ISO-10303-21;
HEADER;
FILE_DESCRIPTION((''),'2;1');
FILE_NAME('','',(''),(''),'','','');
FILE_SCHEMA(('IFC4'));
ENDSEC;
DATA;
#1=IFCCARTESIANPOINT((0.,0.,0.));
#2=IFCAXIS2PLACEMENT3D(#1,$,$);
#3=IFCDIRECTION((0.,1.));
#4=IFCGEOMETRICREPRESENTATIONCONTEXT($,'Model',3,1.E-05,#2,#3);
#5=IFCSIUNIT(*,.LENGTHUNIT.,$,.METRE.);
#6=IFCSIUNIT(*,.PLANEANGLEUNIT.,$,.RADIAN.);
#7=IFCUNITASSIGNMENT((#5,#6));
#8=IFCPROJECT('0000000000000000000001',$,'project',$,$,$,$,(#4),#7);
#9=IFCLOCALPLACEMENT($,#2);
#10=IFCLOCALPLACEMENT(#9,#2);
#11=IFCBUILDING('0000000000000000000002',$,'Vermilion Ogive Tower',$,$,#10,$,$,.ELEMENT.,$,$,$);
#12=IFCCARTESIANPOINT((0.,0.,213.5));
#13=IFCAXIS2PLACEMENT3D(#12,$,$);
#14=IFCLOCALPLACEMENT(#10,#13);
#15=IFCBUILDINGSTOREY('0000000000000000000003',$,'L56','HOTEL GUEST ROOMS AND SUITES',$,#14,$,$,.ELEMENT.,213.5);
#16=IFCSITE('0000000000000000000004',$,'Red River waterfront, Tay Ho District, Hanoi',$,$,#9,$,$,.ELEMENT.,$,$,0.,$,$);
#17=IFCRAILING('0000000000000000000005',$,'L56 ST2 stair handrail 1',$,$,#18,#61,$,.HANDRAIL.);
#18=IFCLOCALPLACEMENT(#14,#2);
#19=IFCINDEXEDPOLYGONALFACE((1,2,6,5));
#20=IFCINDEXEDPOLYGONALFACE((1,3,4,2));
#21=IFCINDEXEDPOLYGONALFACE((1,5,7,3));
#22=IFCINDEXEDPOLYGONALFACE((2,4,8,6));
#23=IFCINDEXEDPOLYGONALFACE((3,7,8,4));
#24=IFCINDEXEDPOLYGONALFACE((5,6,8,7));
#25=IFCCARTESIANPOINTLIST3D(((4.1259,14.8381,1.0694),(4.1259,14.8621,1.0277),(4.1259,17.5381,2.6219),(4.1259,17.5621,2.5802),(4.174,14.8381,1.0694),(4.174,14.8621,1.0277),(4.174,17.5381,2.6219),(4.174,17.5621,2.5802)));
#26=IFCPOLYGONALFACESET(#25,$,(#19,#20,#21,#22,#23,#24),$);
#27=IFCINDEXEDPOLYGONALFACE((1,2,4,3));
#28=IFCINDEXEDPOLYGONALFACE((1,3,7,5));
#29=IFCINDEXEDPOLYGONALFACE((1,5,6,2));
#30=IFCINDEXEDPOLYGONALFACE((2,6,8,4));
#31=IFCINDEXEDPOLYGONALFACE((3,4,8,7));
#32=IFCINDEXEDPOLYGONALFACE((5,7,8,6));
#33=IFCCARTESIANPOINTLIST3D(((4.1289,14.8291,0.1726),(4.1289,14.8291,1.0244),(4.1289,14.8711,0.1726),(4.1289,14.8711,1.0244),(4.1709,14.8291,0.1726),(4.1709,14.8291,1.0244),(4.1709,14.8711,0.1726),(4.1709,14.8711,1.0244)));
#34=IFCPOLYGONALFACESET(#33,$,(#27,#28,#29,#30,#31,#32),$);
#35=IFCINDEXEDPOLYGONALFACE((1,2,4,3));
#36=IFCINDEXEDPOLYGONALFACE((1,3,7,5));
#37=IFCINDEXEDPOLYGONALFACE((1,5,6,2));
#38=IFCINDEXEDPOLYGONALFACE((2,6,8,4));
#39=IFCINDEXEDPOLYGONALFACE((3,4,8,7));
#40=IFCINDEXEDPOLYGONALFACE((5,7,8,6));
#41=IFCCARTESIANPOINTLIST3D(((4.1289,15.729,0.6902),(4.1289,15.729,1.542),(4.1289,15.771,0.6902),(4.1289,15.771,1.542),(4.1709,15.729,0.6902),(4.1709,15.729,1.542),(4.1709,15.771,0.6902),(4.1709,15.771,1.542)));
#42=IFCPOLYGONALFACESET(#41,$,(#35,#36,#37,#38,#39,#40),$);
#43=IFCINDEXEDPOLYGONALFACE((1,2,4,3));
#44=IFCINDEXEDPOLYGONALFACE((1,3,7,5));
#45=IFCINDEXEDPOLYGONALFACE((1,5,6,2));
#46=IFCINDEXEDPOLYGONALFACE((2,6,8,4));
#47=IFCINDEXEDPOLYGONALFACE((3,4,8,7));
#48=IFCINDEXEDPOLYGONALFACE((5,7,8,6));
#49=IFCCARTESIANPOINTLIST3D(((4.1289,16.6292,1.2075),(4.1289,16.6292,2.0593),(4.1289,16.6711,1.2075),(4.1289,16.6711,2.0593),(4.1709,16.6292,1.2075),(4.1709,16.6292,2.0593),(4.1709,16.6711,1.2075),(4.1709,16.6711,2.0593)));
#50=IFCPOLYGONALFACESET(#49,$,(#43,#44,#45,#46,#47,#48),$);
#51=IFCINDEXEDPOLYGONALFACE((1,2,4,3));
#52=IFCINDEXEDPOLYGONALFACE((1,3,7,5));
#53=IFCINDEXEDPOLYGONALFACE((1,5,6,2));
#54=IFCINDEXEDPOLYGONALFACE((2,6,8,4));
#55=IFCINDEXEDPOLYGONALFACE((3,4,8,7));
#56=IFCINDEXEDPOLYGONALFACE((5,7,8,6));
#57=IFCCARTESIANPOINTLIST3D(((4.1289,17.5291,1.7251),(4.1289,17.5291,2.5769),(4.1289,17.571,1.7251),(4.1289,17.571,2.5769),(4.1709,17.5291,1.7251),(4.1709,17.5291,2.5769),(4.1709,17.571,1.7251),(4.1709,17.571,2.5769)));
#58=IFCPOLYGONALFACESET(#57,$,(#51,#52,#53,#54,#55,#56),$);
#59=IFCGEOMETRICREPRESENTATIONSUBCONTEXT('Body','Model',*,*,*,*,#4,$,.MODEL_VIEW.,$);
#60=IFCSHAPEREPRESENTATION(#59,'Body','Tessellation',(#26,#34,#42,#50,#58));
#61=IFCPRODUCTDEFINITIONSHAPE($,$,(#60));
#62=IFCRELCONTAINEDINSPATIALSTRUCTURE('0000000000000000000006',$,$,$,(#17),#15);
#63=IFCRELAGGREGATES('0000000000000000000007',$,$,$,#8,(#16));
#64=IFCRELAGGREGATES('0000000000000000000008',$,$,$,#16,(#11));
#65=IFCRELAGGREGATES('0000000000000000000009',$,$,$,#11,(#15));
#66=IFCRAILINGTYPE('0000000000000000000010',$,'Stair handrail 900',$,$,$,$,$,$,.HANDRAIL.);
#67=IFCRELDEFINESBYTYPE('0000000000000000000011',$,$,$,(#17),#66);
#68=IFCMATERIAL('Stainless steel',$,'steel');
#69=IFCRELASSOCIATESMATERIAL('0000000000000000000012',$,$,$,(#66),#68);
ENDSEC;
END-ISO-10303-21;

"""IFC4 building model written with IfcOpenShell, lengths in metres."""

from ifc_helpers import new_model, si_unit, direction, frame, origin, origin_2d, place, context, subcontext, project, spatial, rectangle, extrude, material, type_object, element, save


model = new_model("IFC4")

# Units and contexts
model_context = context("Model", 3, precision=1e-05, world=origin(), true_north=direction((0.0, 1.0)))
body_context = subcontext(model_context, "Body", "Model", "MODEL_VIEW")
ifc_project = project(units=[si_unit("LENGTHUNIT", "METRE"), si_unit("PLANEANGLEUNIT", "RADIAN")], contexts=[model_context])

# Site, building, storey
site_placement = place(None, origin())
site = spatial("IfcSite", under=ifc_project, at=site_placement, Name="Red River waterfront, Tay Ho District, Hanoi", CompositionType="ELEMENT", RefElevation=0.0)
building_placement = place(site_placement, origin())
building = spatial("IfcBuilding", under=site, at=building_placement, Name="Vermilion Ogive Tower", CompositionType="ELEMENT")
storey_placement = place(building_placement, frame((0.0, 0.0, 213.5)))
storey = spatial("IfcBuildingStorey", under=building, at=storey_placement, Name="L56", Description="HOTEL GUEST ROOMS AND SUITES", CompositionType="ELEMENT", Elevation=213.5)

# Railing
ifc_material_1 = material(Name="Stainless steel", Category="steel")
railing_type_1 = type_object("IfcRailingType", Name="Stair handrail 900", PredefinedType="HANDRAIL", material=ifc_material_1)
railing_1_placement = place(storey_placement, frame((4.1499, 14.8501, 0.1726)))
element("IfcRailing", 1, at=railing_1_placement, inside=storey, type_object=railing_type_1, Name="L56 ST2 stair handrail 1", PredefinedType="HANDRAIL", context=body_context, shape_type="SweptSolid", body=[
    extrude(rectangle(XDim=0.0481, YDim=0.0481, at=origin_2d()), frame((0.0, 0.0, 0.876), z_axis=(0.0, 0.866904, 0.498476), x_axis=(-1.0, 0.0, 0.0)), (0.0, 0.0, 1.0), 3.1145),
    extrude(rectangle(XDim=0.042, YDim=0.042, at=origin_2d()), origin(), (0.0, 0.0, 1.0), 0.8518),
    extrude(rectangle(XDim=0.042, YDim=0.042, at=origin_2d()), frame((0.0, 0.8999, 0.5176)), (0.0, 0.0, 1.0), 0.8518),
    extrude(rectangle(XDim=0.042, YDim=0.042, at=origin_2d()), frame((0.0, 1.8, 1.0349)), (0.0, 0.0, 1.0), 0.8518),
    extrude(rectangle(XDim=0.042, YDim=0.042, at=origin_2d()), frame((0.0, 2.7, 1.5525)), (0.0, 0.0, 1.0), 0.8518),
])

save(model, "model.ifc")
